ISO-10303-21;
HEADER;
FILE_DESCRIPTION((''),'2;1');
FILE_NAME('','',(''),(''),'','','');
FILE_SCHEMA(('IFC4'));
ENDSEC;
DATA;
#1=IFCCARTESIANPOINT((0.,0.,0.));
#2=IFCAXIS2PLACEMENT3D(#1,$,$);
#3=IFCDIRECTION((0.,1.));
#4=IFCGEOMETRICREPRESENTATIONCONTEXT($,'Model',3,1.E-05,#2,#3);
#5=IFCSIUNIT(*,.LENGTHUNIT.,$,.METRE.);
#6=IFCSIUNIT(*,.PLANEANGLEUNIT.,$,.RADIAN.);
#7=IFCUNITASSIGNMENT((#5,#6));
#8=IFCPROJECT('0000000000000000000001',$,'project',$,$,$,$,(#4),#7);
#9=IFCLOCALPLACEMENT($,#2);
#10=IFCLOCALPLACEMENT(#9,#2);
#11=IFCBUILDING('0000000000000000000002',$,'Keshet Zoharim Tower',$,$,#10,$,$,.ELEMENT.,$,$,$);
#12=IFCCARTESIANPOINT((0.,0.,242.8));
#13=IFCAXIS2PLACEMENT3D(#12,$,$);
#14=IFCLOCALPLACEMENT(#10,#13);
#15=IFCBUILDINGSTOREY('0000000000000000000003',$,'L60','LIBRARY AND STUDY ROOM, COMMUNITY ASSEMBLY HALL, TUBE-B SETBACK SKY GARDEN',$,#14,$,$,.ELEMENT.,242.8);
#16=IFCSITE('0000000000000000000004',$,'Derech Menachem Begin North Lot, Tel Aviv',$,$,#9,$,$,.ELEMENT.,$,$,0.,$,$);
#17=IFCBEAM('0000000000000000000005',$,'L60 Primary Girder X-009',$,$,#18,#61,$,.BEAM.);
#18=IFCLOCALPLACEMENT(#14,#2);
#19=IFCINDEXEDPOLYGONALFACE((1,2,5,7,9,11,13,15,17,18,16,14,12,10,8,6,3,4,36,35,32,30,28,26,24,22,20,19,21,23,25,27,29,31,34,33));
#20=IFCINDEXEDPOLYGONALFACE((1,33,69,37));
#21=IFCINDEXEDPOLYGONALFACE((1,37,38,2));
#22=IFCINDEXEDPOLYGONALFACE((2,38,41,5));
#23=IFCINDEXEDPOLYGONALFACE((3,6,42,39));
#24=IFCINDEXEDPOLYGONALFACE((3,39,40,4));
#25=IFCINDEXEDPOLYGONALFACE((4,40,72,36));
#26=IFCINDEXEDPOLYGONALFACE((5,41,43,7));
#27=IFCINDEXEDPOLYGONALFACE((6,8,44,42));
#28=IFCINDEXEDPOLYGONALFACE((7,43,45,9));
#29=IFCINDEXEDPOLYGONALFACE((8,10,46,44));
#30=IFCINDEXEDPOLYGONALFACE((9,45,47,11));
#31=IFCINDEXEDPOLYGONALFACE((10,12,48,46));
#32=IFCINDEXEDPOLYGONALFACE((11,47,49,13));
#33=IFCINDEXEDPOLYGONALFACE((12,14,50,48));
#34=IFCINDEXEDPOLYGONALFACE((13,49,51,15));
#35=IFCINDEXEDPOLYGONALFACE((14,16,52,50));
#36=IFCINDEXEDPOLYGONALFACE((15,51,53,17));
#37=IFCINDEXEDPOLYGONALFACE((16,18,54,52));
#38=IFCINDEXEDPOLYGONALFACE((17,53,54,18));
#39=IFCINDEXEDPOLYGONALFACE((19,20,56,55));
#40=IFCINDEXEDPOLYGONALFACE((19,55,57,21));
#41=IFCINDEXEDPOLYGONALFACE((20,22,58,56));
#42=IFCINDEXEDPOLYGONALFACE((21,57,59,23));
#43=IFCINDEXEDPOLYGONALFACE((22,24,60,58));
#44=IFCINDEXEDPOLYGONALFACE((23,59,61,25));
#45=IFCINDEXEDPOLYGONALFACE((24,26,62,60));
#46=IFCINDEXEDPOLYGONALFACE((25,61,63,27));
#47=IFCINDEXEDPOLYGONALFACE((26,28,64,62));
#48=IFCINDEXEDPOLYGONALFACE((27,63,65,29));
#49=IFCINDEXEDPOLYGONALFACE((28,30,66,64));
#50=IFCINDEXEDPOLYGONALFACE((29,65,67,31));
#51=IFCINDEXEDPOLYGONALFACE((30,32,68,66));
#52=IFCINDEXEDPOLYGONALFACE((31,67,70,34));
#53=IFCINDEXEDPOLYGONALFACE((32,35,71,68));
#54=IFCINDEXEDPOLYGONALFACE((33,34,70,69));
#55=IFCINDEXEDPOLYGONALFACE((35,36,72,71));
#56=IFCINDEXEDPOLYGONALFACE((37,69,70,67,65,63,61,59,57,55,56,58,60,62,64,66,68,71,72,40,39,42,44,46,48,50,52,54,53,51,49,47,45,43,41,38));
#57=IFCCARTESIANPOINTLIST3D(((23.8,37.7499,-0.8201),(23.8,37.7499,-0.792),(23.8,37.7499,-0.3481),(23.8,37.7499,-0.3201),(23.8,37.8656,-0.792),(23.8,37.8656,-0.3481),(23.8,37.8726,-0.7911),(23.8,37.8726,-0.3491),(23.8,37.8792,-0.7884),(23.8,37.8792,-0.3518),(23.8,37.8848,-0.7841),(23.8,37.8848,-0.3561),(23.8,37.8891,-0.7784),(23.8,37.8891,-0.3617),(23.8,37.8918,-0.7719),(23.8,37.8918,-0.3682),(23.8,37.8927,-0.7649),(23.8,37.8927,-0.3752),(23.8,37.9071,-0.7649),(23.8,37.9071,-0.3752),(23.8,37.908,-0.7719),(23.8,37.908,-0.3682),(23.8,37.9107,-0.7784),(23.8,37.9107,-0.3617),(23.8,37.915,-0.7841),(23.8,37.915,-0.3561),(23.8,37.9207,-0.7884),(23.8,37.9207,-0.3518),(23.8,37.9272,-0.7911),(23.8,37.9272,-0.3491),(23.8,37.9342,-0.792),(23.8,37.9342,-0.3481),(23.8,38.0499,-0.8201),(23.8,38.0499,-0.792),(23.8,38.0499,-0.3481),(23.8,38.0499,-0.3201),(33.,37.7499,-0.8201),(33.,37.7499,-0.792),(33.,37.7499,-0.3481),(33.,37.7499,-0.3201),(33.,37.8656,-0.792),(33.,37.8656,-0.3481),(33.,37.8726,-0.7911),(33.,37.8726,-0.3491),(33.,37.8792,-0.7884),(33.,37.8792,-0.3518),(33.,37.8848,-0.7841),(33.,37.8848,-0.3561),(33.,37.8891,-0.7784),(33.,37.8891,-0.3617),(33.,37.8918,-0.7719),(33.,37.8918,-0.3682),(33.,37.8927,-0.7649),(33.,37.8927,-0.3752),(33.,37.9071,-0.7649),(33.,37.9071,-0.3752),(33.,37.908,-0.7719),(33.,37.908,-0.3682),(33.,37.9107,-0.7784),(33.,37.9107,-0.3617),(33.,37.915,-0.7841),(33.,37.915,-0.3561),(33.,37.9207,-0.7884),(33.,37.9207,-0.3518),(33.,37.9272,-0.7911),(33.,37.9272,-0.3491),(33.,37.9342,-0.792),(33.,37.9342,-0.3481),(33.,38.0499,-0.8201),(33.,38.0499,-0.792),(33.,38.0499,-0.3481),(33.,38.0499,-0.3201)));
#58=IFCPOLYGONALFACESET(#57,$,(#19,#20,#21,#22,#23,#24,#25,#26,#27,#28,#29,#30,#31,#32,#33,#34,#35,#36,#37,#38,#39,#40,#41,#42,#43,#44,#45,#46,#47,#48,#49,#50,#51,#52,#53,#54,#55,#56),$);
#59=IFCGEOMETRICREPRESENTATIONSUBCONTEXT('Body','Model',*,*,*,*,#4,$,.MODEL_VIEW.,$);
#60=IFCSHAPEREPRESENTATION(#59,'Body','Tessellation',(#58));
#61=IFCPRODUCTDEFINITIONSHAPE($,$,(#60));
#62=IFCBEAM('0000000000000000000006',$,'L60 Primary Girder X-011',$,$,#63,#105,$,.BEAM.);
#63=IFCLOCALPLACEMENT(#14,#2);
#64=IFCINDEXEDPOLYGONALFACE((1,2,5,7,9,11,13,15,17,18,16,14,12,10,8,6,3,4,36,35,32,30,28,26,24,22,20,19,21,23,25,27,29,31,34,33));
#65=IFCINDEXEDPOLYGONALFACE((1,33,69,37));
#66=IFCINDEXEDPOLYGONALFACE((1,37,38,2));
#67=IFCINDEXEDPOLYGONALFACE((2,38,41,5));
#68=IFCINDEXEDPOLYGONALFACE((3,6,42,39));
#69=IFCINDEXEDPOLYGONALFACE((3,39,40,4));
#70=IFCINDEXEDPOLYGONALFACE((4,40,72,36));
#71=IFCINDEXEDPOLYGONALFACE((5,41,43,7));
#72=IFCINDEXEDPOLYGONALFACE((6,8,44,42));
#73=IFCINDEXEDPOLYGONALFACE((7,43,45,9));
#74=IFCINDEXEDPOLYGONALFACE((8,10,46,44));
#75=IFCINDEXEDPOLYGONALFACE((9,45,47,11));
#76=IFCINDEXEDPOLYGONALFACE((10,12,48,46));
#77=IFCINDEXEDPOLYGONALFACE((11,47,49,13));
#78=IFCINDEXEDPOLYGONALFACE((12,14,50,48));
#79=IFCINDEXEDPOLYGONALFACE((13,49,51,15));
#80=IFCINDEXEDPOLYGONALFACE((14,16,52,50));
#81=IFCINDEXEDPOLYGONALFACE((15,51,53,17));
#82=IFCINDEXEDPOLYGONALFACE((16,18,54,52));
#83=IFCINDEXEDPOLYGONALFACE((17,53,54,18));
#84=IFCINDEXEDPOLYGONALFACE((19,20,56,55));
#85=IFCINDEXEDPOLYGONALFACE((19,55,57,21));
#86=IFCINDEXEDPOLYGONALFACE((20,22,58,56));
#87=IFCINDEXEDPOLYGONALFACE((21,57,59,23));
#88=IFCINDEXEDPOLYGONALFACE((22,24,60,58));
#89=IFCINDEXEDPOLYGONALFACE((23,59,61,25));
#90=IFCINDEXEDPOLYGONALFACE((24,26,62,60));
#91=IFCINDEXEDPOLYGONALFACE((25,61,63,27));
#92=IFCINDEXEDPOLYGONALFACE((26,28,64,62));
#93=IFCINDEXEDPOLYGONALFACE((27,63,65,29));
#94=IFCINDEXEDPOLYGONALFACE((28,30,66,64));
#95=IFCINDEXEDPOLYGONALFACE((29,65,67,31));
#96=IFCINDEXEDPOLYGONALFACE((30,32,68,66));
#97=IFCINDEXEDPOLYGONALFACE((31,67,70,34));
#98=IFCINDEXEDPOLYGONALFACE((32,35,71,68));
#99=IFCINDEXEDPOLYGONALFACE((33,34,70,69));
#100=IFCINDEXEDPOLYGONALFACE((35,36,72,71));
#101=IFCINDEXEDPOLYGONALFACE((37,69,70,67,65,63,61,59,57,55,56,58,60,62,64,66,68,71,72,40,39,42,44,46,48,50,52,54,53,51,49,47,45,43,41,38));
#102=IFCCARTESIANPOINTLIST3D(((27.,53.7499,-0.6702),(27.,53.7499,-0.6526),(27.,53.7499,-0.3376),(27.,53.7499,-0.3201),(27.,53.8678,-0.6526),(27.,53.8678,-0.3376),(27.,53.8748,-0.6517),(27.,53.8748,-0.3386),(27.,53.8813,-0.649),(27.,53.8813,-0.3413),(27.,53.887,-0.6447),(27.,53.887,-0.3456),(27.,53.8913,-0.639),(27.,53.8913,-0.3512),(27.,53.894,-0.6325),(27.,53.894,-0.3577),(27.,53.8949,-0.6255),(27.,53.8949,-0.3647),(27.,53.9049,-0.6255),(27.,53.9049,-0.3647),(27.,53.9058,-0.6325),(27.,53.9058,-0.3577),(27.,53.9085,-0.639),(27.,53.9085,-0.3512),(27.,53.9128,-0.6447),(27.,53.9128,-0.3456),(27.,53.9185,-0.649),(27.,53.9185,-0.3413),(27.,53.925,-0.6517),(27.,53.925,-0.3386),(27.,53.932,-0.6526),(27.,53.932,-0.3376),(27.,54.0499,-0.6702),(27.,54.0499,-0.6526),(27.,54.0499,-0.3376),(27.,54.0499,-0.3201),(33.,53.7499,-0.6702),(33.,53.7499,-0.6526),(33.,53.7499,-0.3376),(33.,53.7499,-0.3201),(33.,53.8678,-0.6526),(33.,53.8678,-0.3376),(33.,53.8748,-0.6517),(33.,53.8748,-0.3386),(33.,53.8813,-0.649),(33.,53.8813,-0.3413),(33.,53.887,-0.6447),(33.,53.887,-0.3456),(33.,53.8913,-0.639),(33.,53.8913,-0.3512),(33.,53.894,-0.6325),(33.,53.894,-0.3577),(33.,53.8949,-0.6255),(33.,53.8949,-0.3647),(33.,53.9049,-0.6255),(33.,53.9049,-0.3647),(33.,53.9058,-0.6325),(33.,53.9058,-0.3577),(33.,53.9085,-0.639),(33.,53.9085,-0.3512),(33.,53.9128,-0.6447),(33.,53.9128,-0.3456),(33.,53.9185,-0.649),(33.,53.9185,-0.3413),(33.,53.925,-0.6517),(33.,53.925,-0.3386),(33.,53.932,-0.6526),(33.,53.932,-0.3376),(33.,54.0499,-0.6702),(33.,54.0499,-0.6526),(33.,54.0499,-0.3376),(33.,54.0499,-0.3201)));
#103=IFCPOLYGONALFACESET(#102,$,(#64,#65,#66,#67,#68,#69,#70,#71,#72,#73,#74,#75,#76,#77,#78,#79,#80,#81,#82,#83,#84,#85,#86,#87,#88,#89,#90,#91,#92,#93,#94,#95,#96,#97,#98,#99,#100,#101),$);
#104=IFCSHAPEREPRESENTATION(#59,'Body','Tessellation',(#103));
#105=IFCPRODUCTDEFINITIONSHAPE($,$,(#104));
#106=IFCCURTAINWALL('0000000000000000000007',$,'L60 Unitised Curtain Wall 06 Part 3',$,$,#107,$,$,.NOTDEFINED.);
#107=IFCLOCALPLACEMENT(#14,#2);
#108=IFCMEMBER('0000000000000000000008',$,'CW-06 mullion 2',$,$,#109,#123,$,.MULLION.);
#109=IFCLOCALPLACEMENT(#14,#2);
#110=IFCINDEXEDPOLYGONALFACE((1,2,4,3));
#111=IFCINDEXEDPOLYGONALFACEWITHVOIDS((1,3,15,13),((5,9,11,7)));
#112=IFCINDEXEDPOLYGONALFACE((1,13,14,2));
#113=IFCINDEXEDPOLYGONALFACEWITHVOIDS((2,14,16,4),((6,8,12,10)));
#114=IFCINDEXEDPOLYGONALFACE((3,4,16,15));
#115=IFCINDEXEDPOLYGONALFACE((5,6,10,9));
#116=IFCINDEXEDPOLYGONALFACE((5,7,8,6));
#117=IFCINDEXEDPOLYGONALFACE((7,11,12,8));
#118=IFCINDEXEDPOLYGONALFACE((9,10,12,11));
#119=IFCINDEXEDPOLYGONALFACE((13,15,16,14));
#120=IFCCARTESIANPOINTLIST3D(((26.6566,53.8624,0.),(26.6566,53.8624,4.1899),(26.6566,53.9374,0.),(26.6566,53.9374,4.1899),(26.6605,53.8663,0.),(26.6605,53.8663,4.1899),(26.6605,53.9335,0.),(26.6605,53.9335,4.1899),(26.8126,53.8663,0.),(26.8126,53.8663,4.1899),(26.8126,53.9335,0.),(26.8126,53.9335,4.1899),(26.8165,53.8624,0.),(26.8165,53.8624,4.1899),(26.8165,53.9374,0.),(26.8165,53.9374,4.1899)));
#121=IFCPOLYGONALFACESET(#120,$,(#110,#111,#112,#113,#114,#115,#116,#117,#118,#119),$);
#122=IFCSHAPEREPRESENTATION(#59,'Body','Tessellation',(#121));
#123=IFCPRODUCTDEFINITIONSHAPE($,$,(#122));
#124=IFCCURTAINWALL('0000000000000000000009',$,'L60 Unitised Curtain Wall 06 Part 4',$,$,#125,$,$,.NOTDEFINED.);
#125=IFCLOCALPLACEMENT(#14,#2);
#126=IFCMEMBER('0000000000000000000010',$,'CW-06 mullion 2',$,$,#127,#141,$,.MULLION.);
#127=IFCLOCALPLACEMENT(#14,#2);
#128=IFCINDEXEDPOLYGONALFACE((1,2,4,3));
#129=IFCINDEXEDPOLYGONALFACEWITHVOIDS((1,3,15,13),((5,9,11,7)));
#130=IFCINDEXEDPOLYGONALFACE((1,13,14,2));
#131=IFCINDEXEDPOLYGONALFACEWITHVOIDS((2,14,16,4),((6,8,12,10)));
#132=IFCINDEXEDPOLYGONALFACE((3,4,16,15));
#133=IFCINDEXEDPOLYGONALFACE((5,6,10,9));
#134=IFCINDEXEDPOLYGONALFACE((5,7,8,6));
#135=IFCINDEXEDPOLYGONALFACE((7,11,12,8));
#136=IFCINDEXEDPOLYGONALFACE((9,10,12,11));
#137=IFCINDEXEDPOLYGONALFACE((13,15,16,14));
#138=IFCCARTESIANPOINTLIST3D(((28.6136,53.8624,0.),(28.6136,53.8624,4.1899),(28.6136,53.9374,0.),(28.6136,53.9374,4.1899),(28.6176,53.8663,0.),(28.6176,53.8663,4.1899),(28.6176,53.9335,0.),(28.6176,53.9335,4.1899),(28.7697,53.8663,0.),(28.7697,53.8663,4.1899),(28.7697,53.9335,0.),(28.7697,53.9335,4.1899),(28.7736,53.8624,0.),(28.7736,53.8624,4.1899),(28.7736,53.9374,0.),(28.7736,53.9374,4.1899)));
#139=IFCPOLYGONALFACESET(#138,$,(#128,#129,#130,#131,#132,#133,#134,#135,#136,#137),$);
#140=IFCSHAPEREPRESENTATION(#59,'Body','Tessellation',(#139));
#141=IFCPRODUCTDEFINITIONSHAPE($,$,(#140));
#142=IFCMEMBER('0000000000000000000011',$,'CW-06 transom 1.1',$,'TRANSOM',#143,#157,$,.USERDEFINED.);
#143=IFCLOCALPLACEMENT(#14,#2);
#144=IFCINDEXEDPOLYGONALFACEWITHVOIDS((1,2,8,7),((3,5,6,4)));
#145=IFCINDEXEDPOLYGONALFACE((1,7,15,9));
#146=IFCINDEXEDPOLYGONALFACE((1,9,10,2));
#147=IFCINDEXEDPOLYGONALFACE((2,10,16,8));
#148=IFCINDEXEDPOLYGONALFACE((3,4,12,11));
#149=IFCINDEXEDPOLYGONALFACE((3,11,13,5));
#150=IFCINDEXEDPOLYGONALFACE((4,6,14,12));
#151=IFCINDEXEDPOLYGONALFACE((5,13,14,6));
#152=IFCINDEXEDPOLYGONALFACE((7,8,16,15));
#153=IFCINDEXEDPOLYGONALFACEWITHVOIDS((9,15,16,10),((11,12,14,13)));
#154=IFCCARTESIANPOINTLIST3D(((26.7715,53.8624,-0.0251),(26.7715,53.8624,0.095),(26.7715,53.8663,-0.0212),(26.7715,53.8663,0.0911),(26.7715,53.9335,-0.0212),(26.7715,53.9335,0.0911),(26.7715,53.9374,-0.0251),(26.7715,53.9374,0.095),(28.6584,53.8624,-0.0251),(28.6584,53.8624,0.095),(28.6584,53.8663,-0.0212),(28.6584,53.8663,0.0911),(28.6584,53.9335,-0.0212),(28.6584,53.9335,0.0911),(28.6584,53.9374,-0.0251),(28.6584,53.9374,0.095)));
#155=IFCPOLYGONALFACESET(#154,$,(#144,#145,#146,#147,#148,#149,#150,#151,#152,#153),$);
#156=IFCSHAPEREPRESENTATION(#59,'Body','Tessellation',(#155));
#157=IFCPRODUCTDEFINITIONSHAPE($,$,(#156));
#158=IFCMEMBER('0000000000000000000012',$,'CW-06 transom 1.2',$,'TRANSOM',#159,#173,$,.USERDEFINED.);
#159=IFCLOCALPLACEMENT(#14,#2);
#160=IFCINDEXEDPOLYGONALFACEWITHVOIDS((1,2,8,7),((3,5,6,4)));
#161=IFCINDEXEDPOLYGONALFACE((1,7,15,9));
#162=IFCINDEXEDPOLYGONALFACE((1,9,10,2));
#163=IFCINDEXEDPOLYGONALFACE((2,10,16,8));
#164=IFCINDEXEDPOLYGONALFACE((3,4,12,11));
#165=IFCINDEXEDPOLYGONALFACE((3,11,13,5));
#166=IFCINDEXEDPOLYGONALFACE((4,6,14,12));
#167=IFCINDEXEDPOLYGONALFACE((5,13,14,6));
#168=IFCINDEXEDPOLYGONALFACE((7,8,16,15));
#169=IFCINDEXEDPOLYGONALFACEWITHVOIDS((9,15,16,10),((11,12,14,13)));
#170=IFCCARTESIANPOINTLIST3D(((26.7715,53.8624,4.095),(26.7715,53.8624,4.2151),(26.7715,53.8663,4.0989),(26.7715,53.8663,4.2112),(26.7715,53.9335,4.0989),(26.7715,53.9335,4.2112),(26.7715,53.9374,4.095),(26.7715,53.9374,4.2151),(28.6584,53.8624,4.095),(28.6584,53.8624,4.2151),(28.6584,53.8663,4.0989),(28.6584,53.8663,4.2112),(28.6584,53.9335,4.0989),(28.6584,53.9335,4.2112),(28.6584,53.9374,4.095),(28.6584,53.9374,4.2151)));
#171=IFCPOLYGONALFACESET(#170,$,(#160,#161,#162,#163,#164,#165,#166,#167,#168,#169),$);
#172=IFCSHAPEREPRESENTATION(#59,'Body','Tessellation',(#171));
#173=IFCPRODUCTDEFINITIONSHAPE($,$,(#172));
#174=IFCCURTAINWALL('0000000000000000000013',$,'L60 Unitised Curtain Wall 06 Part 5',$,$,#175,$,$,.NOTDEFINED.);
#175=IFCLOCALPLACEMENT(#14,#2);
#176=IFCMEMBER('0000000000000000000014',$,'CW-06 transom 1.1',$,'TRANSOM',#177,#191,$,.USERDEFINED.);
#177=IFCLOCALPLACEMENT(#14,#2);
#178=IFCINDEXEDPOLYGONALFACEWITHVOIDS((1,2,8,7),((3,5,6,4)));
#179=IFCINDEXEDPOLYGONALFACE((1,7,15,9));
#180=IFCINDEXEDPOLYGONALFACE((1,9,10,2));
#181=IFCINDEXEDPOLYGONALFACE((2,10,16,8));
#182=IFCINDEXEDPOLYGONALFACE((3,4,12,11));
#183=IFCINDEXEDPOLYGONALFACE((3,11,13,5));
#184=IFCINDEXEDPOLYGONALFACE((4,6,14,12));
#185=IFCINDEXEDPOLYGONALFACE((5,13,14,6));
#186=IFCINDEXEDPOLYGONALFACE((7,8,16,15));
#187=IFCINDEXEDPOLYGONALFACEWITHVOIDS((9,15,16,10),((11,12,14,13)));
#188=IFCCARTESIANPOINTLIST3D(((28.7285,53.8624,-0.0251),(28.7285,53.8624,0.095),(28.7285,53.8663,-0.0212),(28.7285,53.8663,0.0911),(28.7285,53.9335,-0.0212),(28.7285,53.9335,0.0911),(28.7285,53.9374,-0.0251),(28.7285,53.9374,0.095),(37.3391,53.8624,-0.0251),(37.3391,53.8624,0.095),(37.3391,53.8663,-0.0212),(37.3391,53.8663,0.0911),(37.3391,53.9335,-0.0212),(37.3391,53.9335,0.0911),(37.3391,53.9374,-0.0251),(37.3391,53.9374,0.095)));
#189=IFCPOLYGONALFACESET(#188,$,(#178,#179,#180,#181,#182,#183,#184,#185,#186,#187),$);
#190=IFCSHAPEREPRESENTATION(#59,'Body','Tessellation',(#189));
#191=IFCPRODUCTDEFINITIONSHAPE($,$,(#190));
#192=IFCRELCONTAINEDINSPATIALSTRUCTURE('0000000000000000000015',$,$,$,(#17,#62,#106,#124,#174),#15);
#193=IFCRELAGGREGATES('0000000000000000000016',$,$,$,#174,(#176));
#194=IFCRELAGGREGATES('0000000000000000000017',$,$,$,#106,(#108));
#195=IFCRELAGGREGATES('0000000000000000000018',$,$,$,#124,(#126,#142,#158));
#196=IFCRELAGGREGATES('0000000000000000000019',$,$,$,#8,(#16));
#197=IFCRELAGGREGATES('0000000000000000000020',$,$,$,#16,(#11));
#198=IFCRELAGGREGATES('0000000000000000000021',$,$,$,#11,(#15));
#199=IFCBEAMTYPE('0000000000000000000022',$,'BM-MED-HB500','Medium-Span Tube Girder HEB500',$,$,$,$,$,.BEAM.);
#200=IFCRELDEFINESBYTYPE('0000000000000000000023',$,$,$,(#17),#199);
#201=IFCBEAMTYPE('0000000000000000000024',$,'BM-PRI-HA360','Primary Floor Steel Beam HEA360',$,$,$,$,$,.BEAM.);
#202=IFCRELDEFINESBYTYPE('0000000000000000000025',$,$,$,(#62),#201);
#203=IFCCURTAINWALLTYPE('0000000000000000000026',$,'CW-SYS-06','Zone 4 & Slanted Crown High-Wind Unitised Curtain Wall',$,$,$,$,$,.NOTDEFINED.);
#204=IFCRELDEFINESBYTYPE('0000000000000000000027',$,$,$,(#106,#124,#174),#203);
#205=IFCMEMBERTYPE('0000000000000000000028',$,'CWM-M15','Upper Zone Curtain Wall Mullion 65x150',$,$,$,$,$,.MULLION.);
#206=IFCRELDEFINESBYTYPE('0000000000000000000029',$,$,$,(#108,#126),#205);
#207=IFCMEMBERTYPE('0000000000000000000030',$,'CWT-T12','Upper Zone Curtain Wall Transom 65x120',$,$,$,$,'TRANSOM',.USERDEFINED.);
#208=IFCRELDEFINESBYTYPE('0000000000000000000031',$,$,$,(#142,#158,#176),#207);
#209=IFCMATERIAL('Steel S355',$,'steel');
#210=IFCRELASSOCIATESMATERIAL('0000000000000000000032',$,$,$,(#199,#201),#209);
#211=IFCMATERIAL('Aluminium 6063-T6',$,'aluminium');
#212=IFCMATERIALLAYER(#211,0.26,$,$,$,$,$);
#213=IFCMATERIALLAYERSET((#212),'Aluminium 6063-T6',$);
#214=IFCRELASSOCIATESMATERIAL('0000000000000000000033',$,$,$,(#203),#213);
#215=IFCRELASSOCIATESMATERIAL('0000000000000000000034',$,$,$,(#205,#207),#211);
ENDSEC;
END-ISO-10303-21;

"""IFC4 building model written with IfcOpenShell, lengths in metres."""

from ifc_helpers import new_model, si_unit, direction, frame, origin, origin_2d, place, context, subcontext, project, spatial, hollow_rectangle, i_section, extrude, material, layer, layer_set, material_profile, profile_set, type_object, element, aggregate, save


model = new_model("IFC4")

# Units and contexts
model_context = context("Model", 3, precision=1e-05, world=origin(), true_north=direction((0.0, 1.0)))
body_context = subcontext(model_context, "Body", "Model", "MODEL_VIEW")
ifc_project = project(units=[si_unit("LENGTHUNIT", "METRE"), si_unit("PLANEANGLEUNIT", "RADIAN")], contexts=[model_context])

# Site, building, storey
site_placement = place(None, origin())
site = spatial("IfcSite", under=ifc_project, at=site_placement, Name="Derech Menachem Begin North Lot, Tel Aviv", CompositionType="ELEMENT", RefElevation=0.0)
building_placement = place(site_placement, origin())
building = spatial("IfcBuilding", under=site, at=building_placement, Name="Keshet Zoharim Tower", CompositionType="ELEMENT")
storey_placement = place(building_placement, frame((0.0, 0.0, 242.8)))
storey = spatial("IfcBuildingStorey", under=building, at=storey_placement, Name="L60", Description="LIBRARY AND STUDY ROOM, COMMUNITY ASSEMBLY HALL, TUBE-B SETBACK SKY GARDEN", CompositionType="ELEMENT", Elevation=242.8)

# Shared definitions
ifc_material_1 = material(Name="Steel S355", Category="steel")

# Beams
ifc_material_profile_1 = material_profile(ifc_material_1, i_section(OverallWidth=0.3, OverallDepth=0.5, WebThickness=0.0144, FlangeThickness=0.0281, FilletRadius=0.0271, at=origin_2d()), Name="HEB500")
ifc_profile_set_1 = profile_set([ifc_material_profile_1], Name="Steel S355")
beam_type_1 = type_object("IfcBeamType", Name="BM-MED-HB500", Description="Medium-Span Tube Girder HEB500", PredefinedType="BEAM", material=ifc_profile_set_1)
beam_1_placement = place(storey_placement, frame((23.8, 37.8999, -0.5701), z_axis=(1.0, 0.0, 0.0), x_axis=(0.0, 1.0, 0.0)))
element("IfcBeam", 1, at=beam_1_placement, inside=storey, type_object=beam_type_1, Name="L60 Primary Girder X-009", PredefinedType="BEAM", context=body_context, shape_type="SweptSolid", body=[
    extrude(i_section(OverallWidth=0.3, OverallDepth=0.5, WebThickness=0.0144, FlangeThickness=0.0281, FilletRadius=0.0271, at=origin_2d()), origin(), (0.0, 0.0, 1.0), 9.2),
])
ifc_material_profile_2 = material_profile(ifc_material_1, i_section(OverallWidth=0.3, OverallDepth=0.3501, WebThickness=0.01, FlangeThickness=0.0176, FilletRadius=0.0271, at=origin_2d()), Name="HEA360")
ifc_profile_set_2 = profile_set([ifc_material_profile_2], Name="Steel S355")
beam_type_2 = type_object("IfcBeamType", Name="BM-PRI-HA360", Description="Primary Floor Steel Beam HEA360", PredefinedType="BEAM", material=ifc_profile_set_2)
beam_2_placement = place(storey_placement, frame((27.0, 53.8999, -0.4951), z_axis=(1.0, 0.0, 0.0), x_axis=(0.0, 1.0, 0.0)))
element("IfcBeam", 2, at=beam_2_placement, inside=storey, type_object=beam_type_2, Name="L60 Primary Girder X-011", PredefinedType="BEAM", context=body_context, shape_type="SweptSolid", body=[
    extrude(i_section(OverallWidth=0.3, OverallDepth=0.3501, WebThickness=0.01, FlangeThickness=0.0176, FilletRadius=0.0271, at=origin_2d()), origin(), (0.0, 0.0, 1.0), 6.0),
])

# Curtain wall, member
ifc_material_2 = material(Name="Aluminium 6063-T6", Category="aluminium")
ifc_layer_1 = layer(ifc_material_2, 0.26)
ifc_layer_set_1 = layer_set([ifc_layer_1], Name="Aluminium 6063-T6")
curtain_wall_type = type_object("IfcCurtainWallType", Name="CW-SYS-06", Description="Zone 4 & Slanted Crown High-Wind Unitised Curtain Wall", PredefinedType="NOTDEFINED", material=ifc_layer_set_1)
curtain_wall_1_placement = place(storey_placement, origin())
curtain_wall_1 = element("IfcCurtainWall", 3, at=curtain_wall_1_placement, inside=storey, type_object=curtain_wall_type, Name="L60 Unitised Curtain Wall 06 Part 3", PredefinedType="NOTDEFINED")
ifc_material_profile_3 = material_profile(ifc_material_2, hollow_rectangle(XDim=0.075, YDim=0.1599, WallThickness=0.0039, at=origin_2d()), Name="MUL-75x160")
ifc_profile_set_3 = profile_set([ifc_material_profile_3], Name="Aluminium 6063-T6")
member_type_1 = type_object("IfcMemberType", Name="CWM-M15", Description="Upper Zone Curtain Wall Mullion 65x150", PredefinedType="MULLION", material=ifc_profile_set_3)
member_1_placement = place(storey_placement, frame((26.7366, 53.8999, 0.0), z_axis=(0.0, 0.0, 1.0), x_axis=(0.0, 1.0, 0.0)))
member_1 = element("IfcMember", 4, at=member_1_placement, type_object=member_type_1, Name="CW-06 mullion 2", PredefinedType="MULLION", context=body_context, shape_type="SweptSolid", body=[
    extrude(hollow_rectangle(XDim=0.075, YDim=0.1599, WallThickness=0.0039, at=origin_2d()), origin(), (0.0, 0.0, 1.0), 4.1899),
])

# Curtain walls, members
curtain_wall_2_placement = place(storey_placement, origin())
curtain_wall_2 = element("IfcCurtainWall", 5, at=curtain_wall_2_placement, inside=storey, type_object=curtain_wall_type, Name="L60 Unitised Curtain Wall 06 Part 4", PredefinedType="NOTDEFINED")
member_2_placement = place(storey_placement, frame((28.6936, 53.8999, 0.0), z_axis=(0.0, 0.0, 1.0), x_axis=(0.0, 1.0, 0.0)))
member_2 = element("IfcMember", 6, at=member_2_placement, type_object=member_type_1, Name="CW-06 mullion 2", PredefinedType="MULLION", context=body_context, shape_type="SweptSolid", body=[
    extrude(hollow_rectangle(XDim=0.075, YDim=0.1599, WallThickness=0.0039, at=origin_2d()), origin(), (0.0, 0.0, 1.0), 4.1899),
])
ifc_material_profile_4 = material_profile(ifc_material_2, hollow_rectangle(XDim=0.075, YDim=0.1201, WallThickness=0.0039, at=origin_2d()), Name="TRN-75x120")
ifc_profile_set_4 = profile_set([ifc_material_profile_4], Name="Aluminium 6063-T6")
member_type_2 = type_object("IfcMemberType", Name="CWT-T12", Description="Upper Zone Curtain Wall Transom 65x120", ElementType="TRANSOM", PredefinedType="USERDEFINED", material=ifc_profile_set_4)
member_3_placement = place(storey_placement, frame((26.7715, 53.8999, 0.0349), z_axis=(1.0, 0.0, 0.0), x_axis=(0.0, 1.0, 0.0)))
member_3 = element("IfcMember", 7, at=member_3_placement, type_object=member_type_2, Name="CW-06 transom 1.1", ObjectType="TRANSOM", PredefinedType="USERDEFINED", context=body_context, shape_type="SweptSolid", body=[
    extrude(hollow_rectangle(XDim=0.075, YDim=0.1201, WallThickness=0.0039, at=origin_2d()), origin(), (0.0, 0.0, 1.0), 1.887),
])
member_4_placement = place(storey_placement, frame((26.7715, 53.8999, 4.155), z_axis=(1.0, 0.0, 0.0), x_axis=(0.0, 1.0, 0.0)))
member_4 = element("IfcMember", 8, at=member_4_placement, type_object=member_type_2, Name="CW-06 transom 1.2", ObjectType="TRANSOM", PredefinedType="USERDEFINED", context=body_context, shape_type="SweptSolid", body=[
    extrude(hollow_rectangle(XDim=0.075, YDim=0.1201, WallThickness=0.0039, at=origin_2d()), origin(), (0.0, 0.0, 1.0), 1.887),
])
curtain_wall_3_placement = place(storey_placement, origin())
curtain_wall_3 = element("IfcCurtainWall", 9, at=curtain_wall_3_placement, inside=storey, type_object=curtain_wall_type, Name="L60 Unitised Curtain Wall 06 Part 5", PredefinedType="NOTDEFINED")
member_5_placement = place(storey_placement, frame((28.7285, 53.8999, 0.0349), z_axis=(1.0, 0.0, 0.0), x_axis=(0.0, 1.0, 0.0)))
member_5 = element("IfcMember", 10, at=member_5_placement, type_object=member_type_2, Name="CW-06 transom 1.1", ObjectType="TRANSOM", PredefinedType="USERDEFINED", context=body_context, shape_type="SweptSolid", body=[
    extrude(hollow_rectangle(XDim=0.075, YDim=0.1201, WallThickness=0.0039, at=origin_2d()), origin(), (0.0, 0.0, 1.0), 8.6106),
])
aggregate(curtain_wall_3, [member_5])

aggregate(curtain_wall_1, [member_1])
aggregate(curtain_wall_2, [member_2, member_3, member_4])

save(model, "model.ifc")
